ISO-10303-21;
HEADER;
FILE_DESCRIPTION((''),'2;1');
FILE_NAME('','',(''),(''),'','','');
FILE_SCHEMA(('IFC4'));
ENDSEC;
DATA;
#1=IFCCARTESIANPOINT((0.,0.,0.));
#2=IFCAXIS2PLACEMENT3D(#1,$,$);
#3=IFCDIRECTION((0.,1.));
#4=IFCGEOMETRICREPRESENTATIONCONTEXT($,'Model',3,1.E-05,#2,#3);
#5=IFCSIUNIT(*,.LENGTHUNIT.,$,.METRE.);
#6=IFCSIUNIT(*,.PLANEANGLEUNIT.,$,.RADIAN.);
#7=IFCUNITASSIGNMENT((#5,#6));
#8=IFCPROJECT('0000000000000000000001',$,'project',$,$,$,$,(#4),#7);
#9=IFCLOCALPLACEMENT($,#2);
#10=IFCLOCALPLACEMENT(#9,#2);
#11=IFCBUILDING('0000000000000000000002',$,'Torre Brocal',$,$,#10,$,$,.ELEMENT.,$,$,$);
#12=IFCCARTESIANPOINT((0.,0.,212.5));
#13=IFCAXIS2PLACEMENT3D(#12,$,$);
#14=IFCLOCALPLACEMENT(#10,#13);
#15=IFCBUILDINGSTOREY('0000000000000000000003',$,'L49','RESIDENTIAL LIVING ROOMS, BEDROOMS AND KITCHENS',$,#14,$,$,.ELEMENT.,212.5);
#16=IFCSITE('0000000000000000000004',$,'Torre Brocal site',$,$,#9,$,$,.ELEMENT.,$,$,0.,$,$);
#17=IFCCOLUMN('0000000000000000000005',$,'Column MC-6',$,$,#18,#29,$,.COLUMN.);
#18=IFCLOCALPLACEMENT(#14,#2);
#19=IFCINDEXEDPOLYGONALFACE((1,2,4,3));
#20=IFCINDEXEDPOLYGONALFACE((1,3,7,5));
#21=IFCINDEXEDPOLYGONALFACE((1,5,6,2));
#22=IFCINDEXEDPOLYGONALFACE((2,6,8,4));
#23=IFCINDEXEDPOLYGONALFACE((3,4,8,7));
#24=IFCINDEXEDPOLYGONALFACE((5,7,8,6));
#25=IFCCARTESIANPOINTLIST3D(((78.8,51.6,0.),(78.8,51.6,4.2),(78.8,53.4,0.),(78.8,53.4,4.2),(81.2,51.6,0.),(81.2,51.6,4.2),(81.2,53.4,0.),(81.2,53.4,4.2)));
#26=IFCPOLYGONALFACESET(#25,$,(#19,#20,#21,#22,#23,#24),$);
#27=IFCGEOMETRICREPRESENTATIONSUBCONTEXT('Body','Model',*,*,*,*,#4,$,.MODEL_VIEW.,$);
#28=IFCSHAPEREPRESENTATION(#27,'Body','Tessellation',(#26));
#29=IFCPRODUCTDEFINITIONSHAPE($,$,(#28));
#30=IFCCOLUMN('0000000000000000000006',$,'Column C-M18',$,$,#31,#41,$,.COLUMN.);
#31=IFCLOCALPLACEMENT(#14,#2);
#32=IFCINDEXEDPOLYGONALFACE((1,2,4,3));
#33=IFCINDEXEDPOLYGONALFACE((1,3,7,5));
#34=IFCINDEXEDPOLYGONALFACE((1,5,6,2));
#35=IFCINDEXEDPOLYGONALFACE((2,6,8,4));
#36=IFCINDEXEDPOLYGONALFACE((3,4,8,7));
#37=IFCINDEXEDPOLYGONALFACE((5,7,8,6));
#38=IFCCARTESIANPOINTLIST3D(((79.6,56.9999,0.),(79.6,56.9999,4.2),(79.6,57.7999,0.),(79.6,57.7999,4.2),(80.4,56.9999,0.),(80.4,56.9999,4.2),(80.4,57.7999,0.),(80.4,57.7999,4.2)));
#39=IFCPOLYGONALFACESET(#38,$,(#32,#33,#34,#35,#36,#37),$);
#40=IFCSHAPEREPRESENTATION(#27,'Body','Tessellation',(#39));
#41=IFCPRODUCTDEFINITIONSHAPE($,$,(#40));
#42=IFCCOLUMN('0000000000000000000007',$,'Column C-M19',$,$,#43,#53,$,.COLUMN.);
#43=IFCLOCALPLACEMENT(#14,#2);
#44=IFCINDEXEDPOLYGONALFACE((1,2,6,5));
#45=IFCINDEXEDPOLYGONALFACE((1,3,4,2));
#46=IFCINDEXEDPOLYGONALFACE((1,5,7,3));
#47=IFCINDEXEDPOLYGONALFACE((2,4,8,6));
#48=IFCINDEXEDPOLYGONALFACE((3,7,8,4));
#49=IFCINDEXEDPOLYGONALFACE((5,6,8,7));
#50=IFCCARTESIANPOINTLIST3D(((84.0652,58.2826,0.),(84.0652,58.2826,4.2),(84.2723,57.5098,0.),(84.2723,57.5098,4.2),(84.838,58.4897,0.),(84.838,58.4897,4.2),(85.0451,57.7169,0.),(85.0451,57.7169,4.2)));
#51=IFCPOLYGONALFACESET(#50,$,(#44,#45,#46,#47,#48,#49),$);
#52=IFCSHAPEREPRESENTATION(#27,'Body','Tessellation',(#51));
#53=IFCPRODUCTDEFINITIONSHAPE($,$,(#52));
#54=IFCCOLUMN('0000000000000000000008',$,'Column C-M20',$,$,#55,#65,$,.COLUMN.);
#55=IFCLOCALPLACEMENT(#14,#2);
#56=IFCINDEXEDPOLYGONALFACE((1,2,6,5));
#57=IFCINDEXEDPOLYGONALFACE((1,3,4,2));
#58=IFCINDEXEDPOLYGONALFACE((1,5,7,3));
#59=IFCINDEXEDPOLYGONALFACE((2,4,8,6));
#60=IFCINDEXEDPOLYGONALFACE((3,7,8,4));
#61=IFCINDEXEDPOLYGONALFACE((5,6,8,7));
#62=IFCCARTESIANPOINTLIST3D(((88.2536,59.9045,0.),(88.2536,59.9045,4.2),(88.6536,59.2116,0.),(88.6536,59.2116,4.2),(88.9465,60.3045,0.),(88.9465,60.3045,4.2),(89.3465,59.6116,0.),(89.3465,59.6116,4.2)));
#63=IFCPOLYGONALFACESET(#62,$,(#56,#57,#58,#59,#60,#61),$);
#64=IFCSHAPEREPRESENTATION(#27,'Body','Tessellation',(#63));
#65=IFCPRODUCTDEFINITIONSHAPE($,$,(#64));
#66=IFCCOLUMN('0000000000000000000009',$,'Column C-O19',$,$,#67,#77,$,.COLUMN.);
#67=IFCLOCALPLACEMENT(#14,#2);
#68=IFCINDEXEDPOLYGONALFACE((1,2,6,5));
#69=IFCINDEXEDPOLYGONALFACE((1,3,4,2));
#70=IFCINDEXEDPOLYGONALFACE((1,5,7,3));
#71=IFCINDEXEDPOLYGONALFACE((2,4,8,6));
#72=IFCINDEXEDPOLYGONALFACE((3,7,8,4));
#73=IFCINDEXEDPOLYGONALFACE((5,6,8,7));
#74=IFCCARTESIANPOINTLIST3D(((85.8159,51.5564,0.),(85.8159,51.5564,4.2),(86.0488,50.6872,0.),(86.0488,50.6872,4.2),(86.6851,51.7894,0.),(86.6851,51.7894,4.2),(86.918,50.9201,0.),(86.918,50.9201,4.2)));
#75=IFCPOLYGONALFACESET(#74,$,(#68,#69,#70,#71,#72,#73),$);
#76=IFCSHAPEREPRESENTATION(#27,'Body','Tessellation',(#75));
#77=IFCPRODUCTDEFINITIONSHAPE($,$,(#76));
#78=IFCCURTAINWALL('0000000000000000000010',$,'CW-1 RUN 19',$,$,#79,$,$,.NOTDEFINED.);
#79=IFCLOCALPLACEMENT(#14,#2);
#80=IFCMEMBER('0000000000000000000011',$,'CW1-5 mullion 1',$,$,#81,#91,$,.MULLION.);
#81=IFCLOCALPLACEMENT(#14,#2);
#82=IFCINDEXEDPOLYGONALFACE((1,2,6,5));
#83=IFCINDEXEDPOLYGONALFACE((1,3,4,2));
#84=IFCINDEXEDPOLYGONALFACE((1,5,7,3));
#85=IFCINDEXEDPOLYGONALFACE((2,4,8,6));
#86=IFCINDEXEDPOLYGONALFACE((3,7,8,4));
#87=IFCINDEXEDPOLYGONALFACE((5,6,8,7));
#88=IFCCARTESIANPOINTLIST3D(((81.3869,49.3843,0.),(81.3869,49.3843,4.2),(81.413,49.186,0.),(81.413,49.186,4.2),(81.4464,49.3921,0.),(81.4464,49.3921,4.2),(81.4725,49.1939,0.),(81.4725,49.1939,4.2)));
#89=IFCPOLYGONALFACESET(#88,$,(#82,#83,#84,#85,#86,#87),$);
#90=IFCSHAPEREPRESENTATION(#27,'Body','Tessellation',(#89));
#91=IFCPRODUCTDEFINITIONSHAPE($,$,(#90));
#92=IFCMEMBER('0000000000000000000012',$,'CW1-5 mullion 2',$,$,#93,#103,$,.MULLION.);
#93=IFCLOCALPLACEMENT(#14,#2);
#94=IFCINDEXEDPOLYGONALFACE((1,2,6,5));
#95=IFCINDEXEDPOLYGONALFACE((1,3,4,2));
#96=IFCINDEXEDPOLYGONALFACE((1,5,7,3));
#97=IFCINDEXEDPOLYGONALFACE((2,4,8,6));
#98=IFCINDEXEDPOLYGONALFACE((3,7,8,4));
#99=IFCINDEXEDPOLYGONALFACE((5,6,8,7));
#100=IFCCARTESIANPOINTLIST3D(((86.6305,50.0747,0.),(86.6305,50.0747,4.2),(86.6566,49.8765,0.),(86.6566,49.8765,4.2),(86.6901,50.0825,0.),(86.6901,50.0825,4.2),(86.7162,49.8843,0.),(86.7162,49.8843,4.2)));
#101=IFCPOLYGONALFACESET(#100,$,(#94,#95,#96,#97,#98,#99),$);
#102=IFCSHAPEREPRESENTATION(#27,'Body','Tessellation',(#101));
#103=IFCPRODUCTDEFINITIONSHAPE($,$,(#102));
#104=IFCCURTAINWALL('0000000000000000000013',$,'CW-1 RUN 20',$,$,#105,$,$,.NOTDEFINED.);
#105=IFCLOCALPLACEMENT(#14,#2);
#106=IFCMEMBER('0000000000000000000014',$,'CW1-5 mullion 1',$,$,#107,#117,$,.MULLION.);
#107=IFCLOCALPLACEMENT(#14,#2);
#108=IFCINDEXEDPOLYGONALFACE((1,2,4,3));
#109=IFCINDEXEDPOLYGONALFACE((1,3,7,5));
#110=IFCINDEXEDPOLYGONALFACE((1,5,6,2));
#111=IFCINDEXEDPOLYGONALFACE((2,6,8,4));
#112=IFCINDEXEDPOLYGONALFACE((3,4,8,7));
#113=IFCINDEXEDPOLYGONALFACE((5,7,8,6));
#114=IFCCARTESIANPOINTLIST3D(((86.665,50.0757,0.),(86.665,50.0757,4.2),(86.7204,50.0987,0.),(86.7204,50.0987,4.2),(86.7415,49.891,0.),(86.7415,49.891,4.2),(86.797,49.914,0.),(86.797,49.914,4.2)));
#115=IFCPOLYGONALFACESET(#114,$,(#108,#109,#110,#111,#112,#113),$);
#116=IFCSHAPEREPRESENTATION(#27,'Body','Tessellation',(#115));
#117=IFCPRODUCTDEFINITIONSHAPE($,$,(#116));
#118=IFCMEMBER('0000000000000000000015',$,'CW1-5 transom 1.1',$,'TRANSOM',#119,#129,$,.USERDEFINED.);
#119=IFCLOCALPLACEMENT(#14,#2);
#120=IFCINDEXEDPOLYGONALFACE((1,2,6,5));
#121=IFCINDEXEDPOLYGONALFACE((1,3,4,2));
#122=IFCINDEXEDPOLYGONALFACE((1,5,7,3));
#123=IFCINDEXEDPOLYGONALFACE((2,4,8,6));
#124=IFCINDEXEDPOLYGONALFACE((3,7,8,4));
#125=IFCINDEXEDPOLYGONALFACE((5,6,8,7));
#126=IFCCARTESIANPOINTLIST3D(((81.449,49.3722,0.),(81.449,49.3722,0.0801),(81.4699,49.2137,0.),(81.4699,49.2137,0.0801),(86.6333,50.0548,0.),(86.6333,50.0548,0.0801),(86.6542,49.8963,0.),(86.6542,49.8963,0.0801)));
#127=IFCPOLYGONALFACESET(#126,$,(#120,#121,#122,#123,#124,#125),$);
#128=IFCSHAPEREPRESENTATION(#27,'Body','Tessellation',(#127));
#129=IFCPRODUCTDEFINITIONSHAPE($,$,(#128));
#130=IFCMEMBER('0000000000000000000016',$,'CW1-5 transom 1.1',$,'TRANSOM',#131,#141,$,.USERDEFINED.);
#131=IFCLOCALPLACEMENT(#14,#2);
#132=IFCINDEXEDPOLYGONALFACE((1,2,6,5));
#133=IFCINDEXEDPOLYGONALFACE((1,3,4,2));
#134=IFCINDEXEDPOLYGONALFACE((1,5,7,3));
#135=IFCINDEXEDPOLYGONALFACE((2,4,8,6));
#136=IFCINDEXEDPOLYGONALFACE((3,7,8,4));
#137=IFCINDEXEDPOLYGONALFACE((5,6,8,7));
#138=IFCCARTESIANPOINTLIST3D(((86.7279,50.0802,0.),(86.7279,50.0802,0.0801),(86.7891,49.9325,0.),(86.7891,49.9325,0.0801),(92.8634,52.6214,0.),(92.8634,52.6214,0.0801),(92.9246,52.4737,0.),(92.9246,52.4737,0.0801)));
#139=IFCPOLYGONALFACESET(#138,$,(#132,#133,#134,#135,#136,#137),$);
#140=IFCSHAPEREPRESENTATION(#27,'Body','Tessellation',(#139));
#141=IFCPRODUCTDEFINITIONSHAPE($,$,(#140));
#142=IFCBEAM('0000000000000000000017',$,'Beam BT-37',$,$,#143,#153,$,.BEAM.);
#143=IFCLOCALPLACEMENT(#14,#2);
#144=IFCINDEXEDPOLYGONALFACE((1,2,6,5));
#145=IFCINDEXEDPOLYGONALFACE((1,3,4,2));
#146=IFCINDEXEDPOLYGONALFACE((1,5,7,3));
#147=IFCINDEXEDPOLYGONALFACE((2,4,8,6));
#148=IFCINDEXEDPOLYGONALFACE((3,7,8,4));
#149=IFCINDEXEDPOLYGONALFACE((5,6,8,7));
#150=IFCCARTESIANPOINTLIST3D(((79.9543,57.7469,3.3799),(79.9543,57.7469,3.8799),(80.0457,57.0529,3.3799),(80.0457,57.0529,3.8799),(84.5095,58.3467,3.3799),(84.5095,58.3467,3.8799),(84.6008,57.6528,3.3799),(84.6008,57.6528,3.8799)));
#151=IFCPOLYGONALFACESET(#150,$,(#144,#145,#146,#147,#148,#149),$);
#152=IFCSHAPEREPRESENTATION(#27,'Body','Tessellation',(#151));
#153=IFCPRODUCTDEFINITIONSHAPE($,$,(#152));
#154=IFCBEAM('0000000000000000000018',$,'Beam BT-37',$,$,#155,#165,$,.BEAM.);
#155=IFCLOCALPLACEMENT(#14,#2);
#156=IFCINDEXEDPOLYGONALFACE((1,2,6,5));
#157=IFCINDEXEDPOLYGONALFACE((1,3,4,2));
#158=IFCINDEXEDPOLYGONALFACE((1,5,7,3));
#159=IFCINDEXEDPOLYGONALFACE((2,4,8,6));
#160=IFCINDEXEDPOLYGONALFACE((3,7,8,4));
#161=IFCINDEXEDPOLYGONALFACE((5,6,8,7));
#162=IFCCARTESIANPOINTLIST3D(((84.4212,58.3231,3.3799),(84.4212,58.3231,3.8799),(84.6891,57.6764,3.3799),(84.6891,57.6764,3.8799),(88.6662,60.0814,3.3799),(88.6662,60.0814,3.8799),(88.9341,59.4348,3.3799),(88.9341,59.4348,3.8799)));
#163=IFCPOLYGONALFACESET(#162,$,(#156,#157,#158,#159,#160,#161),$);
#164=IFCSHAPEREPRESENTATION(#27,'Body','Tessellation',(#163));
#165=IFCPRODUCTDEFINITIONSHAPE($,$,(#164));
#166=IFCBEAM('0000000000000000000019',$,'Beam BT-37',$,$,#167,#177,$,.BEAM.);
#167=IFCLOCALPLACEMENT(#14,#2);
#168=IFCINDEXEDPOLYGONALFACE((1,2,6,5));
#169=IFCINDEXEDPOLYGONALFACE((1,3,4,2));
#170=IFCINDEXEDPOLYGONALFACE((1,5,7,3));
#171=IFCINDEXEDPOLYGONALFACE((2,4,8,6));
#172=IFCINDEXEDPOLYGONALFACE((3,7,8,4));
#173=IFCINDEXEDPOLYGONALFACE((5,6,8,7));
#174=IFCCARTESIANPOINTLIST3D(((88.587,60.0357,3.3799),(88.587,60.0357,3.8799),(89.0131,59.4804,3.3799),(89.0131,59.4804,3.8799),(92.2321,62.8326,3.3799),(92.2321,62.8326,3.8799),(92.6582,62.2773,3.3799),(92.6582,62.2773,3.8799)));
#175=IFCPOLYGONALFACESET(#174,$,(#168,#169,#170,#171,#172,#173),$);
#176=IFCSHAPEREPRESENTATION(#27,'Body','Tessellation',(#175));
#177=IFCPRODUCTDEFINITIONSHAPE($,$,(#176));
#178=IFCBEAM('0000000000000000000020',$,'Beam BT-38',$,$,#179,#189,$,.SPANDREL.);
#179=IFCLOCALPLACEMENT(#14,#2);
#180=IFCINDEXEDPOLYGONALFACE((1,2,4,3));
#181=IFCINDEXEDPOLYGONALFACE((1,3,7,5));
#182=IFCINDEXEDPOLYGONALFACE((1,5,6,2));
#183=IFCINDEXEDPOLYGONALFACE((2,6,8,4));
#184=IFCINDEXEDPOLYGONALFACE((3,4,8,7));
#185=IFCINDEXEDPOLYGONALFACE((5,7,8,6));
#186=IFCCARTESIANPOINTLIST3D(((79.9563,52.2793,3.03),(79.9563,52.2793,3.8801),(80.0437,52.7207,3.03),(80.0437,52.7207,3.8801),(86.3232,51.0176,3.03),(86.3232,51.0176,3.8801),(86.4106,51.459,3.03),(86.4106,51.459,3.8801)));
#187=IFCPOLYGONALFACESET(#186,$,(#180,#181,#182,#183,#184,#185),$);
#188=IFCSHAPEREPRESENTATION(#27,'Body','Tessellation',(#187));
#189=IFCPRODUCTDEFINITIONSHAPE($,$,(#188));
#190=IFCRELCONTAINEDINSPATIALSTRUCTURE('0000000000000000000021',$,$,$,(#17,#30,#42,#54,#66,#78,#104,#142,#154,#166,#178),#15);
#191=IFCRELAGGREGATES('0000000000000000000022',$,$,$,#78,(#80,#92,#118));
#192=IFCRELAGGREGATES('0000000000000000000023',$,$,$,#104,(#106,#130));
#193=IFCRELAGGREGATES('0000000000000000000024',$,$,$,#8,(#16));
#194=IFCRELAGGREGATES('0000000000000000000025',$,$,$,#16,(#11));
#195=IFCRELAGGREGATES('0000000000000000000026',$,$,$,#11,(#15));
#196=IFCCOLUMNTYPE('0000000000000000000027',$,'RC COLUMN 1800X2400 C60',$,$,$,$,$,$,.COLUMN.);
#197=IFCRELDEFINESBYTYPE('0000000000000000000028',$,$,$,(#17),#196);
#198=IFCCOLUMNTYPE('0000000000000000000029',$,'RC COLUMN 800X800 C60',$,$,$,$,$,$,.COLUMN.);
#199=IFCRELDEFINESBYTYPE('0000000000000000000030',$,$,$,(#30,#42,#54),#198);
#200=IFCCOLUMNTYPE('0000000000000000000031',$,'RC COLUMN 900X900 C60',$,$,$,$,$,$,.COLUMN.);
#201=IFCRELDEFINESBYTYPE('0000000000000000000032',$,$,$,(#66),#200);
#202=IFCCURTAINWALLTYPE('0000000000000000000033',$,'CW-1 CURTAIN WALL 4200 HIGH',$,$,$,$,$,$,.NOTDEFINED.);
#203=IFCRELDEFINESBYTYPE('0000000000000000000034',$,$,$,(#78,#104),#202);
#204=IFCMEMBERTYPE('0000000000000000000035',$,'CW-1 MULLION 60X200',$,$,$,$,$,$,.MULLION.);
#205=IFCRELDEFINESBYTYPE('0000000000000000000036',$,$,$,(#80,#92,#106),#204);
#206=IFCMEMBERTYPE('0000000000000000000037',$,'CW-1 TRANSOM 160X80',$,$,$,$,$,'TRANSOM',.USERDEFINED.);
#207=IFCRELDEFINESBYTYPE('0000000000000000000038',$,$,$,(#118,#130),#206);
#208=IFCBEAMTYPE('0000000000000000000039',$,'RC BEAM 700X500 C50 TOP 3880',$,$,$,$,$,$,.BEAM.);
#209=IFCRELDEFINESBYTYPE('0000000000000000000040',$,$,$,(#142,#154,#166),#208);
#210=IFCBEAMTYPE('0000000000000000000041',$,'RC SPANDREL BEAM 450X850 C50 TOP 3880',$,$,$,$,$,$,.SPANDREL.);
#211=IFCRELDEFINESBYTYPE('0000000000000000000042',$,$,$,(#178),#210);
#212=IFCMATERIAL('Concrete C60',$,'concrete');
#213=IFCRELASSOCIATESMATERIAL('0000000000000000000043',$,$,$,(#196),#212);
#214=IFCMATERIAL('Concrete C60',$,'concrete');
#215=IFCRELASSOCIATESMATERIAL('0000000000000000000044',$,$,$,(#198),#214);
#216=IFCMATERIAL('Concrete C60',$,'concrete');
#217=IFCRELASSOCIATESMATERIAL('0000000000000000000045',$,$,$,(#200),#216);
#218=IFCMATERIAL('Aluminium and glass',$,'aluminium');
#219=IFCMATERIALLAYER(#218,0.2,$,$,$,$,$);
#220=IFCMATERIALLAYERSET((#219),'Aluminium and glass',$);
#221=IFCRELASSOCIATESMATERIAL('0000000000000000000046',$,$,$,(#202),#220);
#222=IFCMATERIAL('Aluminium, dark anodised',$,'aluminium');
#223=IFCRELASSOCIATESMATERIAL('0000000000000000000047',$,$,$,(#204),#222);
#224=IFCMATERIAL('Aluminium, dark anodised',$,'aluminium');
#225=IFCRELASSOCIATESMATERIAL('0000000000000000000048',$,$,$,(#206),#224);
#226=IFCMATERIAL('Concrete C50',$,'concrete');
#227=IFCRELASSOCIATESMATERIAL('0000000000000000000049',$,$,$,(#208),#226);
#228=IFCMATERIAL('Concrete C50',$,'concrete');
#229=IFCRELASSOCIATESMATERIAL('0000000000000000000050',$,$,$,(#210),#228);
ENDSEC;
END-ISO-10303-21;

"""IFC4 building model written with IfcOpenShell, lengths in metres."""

from ifc_helpers import new_model, si_unit, direction, frame, origin, origin_2d, place, context, subcontext, project, spatial, rectangle, extrude, material, layer, layer_set, material_profile, profile_set, type_object, element, aggregate, save


model = new_model("IFC4")

# Units and contexts
model_context = context("Model", 3, precision=1e-05, world=origin(), true_north=direction((0.0, 1.0)))
body_context = subcontext(model_context, "Body", "Model", "MODEL_VIEW")
ifc_project = project(units=[si_unit("LENGTHUNIT", "METRE"), si_unit("PLANEANGLEUNIT", "RADIAN")], contexts=[model_context])

# Site, building, storey
site_placement = place(None, origin())
site = spatial("IfcSite", under=ifc_project, at=site_placement, Name="Torre Brocal site", CompositionType="ELEMENT", RefElevation=0.0)
building_placement = place(site_placement, origin())
building = spatial("IfcBuilding", under=site, at=building_placement, Name="Torre Brocal", CompositionType="ELEMENT")
storey_placement = place(building_placement, frame((0.0, 0.0, 212.5)))
storey = spatial("IfcBuildingStorey", under=building, at=storey_placement, Name="L49", Description="RESIDENTIAL LIVING ROOMS, BEDROOMS AND KITCHENS", CompositionType="ELEMENT", Elevation=212.5)

# Columns
ifc_material_1 = material(Name="Concrete C60", Category="concrete")
ifc_material_profile_1 = material_profile(ifc_material_1, rectangle(XDim=1.8, YDim=2.3999, at=origin_2d()), Name="RC 1800X2400")
ifc_profile_set_1 = profile_set([ifc_material_profile_1], Name="Concrete C60")
column_type_1 = type_object("IfcColumnType", Name="RC COLUMN 1800X2400 C60", PredefinedType="COLUMN", material=ifc_profile_set_1)
column_1_placement = place(storey_placement, frame((80.0, 52.5, 0.0), z_axis=(0.0, 0.0, 1.0), x_axis=(0.0, -1.0, 0.0)))
element("IfcColumn", 1, at=column_1_placement, inside=storey, type_object=column_type_1, Name="Column MC-6", PredefinedType="COLUMN", context=body_context, shape_type="SweptSolid", body=[
    extrude(rectangle(XDim=1.8, YDim=2.3999, at=origin_2d()), origin(), (0.0, 0.0, 1.0), 4.2),
])
ifc_material_2 = material(Name="Concrete C60", Category="concrete")
ifc_material_profile_2 = material_profile(ifc_material_2, rectangle(XDim=0.8, YDim=0.8, at=origin_2d()), Name="RC 800X800")
ifc_profile_set_2 = profile_set([ifc_material_profile_2], Name="Concrete C60")
column_type_2 = type_object("IfcColumnType", Name="RC COLUMN 800X800 C60", PredefinedType="COLUMN", material=ifc_profile_set_2)
for number, where, z_axis, x_axis, name in (
    (2, (80.0, 57.3999, 0.0), (0.0, 0.0, 1.0), (0.0, -1.0, 0.0), "Column C-M18"),
    (3, (84.5552, 57.9998, 0.0), (0.0, 0.0, 1.0), (0.258819, -0.965926, 0.0), "Column C-M19"),
    (4, (88.8, 59.7581, 0.0), (0.0, 0.0, 1.0), (0.5, -0.866025, 0.0), "Column C-M20"),
):
    element("IfcColumn", number, at=place(storey_placement, frame(where, z_axis=z_axis, x_axis=x_axis)), inside=storey, type_object=column_type_2, Name=name, PredefinedType="COLUMN", context=body_context, shape_type="SweptSolid", body=[
        extrude(rectangle(XDim=0.8, YDim=0.8, at=origin_2d()), origin(), (0.0, 0.0, 1.0), 4.2),
    ])
ifc_material_3 = material(Name="Concrete C60", Category="concrete")
ifc_material_profile_3 = material_profile(ifc_material_3, rectangle(XDim=0.8999, YDim=0.8999, at=origin_2d()), Name="RC 900X900")
ifc_profile_set_3 = profile_set([ifc_material_profile_3], Name="Concrete C60")
column_type_3 = type_object("IfcColumnType", Name="RC COLUMN 900X900 C60", PredefinedType="COLUMN", material=ifc_profile_set_3)
column_2_placement = place(storey_placement, frame((86.3669, 51.2383, 0.0), z_axis=(0.0, 0.0, 1.0), x_axis=(0.258819, -0.965926, 0.0)))
element("IfcColumn", 5, at=column_2_placement, inside=storey, type_object=column_type_3, Name="Column C-O19", PredefinedType="COLUMN", context=body_context, shape_type="SweptSolid", body=[
    extrude(rectangle(XDim=0.8999, YDim=0.8999, at=origin_2d()), origin(), (0.0, 0.0, 1.0), 4.2),
])

# Curtain wall, members
ifc_material_4 = material(Name="Aluminium and glass", Category="aluminium")
ifc_layer_1 = layer(ifc_material_4, 0.2)
ifc_layer_set_1 = layer_set([ifc_layer_1], Name="Aluminium and glass")
curtain_wall_type = type_object("IfcCurtainWallType", Name="CW-1 CURTAIN WALL 4200 HIGH", PredefinedType="NOTDEFINED", material=ifc_layer_set_1)
curtain_wall_1_placement = place(storey_placement, origin())
curtain_wall_1 = element("IfcCurtainWall", 6, at=curtain_wall_1_placement, inside=storey, type_object=curtain_wall_type, Name="CW-1 RUN 19", PredefinedType="NOTDEFINED")
ifc_material_5 = material(Name="Aluminium, dark anodised", Category="aluminium")
ifc_material_profile_4 = material_profile(ifc_material_5, rectangle(XDim=0.2, YDim=0.0601, at=origin_2d()), Name="CW-1 MULLION 60X200")
ifc_profile_set_4 = profile_set([ifc_material_profile_4], Name="Aluminium, dark anodised")
member_type_1 = type_object("IfcMemberType", Name="CW-1 MULLION 60X200", PredefinedType="MULLION", material=ifc_profile_set_4)
member_1_placement = place(storey_placement, frame((81.4297, 49.2891, 0.0), z_axis=(0.0, 0.0, 1.0), x_axis=(-0.130526, 0.991445, 0.0)))
member_1 = element("IfcMember", 7, at=member_1_placement, type_object=member_type_1, Name="CW1-5 mullion 1", PredefinedType="MULLION", context=body_context, shape_type="SweptSolid", body=[
    extrude(rectangle(XDim=0.2, YDim=0.0601, at=origin_2d()), origin(), (0.0, 0.0, 1.0), 4.2),
])
member_2_placement = place(storey_placement, frame((86.6733, 49.9795, 0.0), z_axis=(0.0, 0.0, 1.0), x_axis=(-0.130526, 0.991445, 0.0)))
member_2 = element("IfcMember", 8, at=member_2_placement, type_object=member_type_1, Name="CW1-5 mullion 2", PredefinedType="MULLION", context=body_context, shape_type="SweptSolid", body=[
    extrude(rectangle(XDim=0.2, YDim=0.0601, at=origin_2d()), origin(), (0.0, 0.0, 1.0), 4.2),
])

# Curtain wall, member
curtain_wall_2_placement = place(storey_placement, origin())
curtain_wall_2 = element("IfcCurtainWall", 9, at=curtain_wall_2_placement, inside=storey, type_object=curtain_wall_type, Name="CW-1 RUN 20", PredefinedType="NOTDEFINED")
member_3_placement = place(storey_placement, frame((86.731, 49.9949, 0.0), z_axis=(0.0, 0.0, 1.0), x_axis=(-0.382683, 0.92388, 0.0)))
member_3 = element("IfcMember", 10, at=member_3_placement, type_object=member_type_1, Name="CW1-5 mullion 1", PredefinedType="MULLION", context=body_context, shape_type="SweptSolid", body=[
    extrude(rectangle(XDim=0.2, YDim=0.0601, at=origin_2d()), origin(), (0.0, 0.0, 1.0), 4.2),
])

# Members
ifc_material_6 = material(Name="Aluminium, dark anodised", Category="aluminium")
ifc_material_profile_5 = material_profile(ifc_material_6, rectangle(XDim=0.1599, YDim=0.0801, at=origin_2d()), Name="CW-1 TRANSOM 160X80")
ifc_profile_set_5 = profile_set([ifc_material_profile_5], Name="Aluminium, dark anodised")
member_type_2 = type_object("IfcMemberType", Name="CW-1 TRANSOM 160X80", ElementType="TRANSOM", PredefinedType="USERDEFINED", material=ifc_profile_set_5)
member_4_placement = place(storey_placement, frame((81.4595, 49.293, 0.04), z_axis=(0.991443, 0.130543, 0.0), x_axis=(-0.130543, 0.991443, 0.0)))
member_4 = element("IfcMember", 11, at=member_4_placement, type_object=member_type_2, Name="CW1-5 transom 1.1", ObjectType="TRANSOM", PredefinedType="USERDEFINED", context=body_context, shape_type="SweptSolid", body=[
    extrude(rectangle(XDim=0.1599, YDim=0.0801, at=origin_2d()), origin(), (0.0, 0.0, 1.0), 5.229),
])
member_5_placement = place(storey_placement, frame((86.7585, 50.0063, 0.04), z_axis=(0.923887, 0.382665, 0.0), x_axis=(-0.382665, 0.923887, 0.0)))
member_5 = element("IfcMember", 12, at=member_5_placement, type_object=member_type_2, Name="CW1-5 transom 1.1", ObjectType="TRANSOM", PredefinedType="USERDEFINED", context=body_context, shape_type="SweptSolid", body=[
    extrude(rectangle(XDim=0.1599, YDim=0.0801, at=origin_2d()), origin(), (0.0, 0.0, 1.0), 6.6409),
])

# Beams
ifc_material_7 = material(Name="Concrete C50", Category="concrete")
ifc_material_profile_6 = material_profile(ifc_material_7, rectangle(XDim=0.7, YDim=0.5, at=origin_2d()), Name="RC 700X500")
ifc_profile_set_6 = profile_set([ifc_material_profile_6], Name="Concrete C50")
beam_type_1 = type_object("IfcBeamType", Name="RC BEAM 700X500 C50 TOP 3880", PredefinedType="BEAM", material=ifc_profile_set_6)
beam_1_placement = place(storey_placement, frame((80.0, 57.3999, 3.6299), z_axis=(0.991441, 0.130559, 0.0), x_axis=(-0.130559, 0.991441, 0.0)))
element("IfcBeam", 13, at=beam_1_placement, inside=storey, type_object=beam_type_1, Name="Beam BT-37", PredefinedType="BEAM", context=body_context, shape_type="SweptSolid", body=[
    extrude(rectangle(XDim=0.7, YDim=0.5, at=origin_2d()), origin(), (0.0, 0.0, 1.0), 4.5945),
])
beam_2_placement = place(storey_placement, frame((84.5552, 57.9998, 3.6299), z_axis=(0.923878, 0.382687, 0.0), x_axis=(-0.382687, 0.923878, 0.0)))
element("IfcBeam", 14, at=beam_2_placement, inside=storey, type_object=beam_type_1, Name="Beam BT-37", PredefinedType="BEAM", context=body_context, shape_type="SweptSolid", body=[
    extrude(rectangle(XDim=0.7, YDim=0.5, at=origin_2d()), origin(), (0.0, 0.0, 1.0), 4.5947),
])
beam_3_placement = place(storey_placement, frame((88.8, 59.7581, 3.6299), z_axis=(0.793358, 0.608755, 0.0), x_axis=(-0.608755, 0.793358, 0.0)))
element("IfcBeam", 15, at=beam_3_placement, inside=storey, type_object=beam_type_1, Name="Beam BT-37", PredefinedType="BEAM", context=body_context, shape_type="SweptSolid", body=[
    extrude(rectangle(XDim=0.7, YDim=0.5, at=origin_2d()), origin(), (0.0, 0.0, 1.0), 4.5945),
])
ifc_material_8 = material(Name="Concrete C50", Category="concrete")
ifc_material_profile_7 = material_profile(ifc_material_8, rectangle(XDim=0.45, YDim=0.8501, at=origin_2d()), Name="RC 450X850")
ifc_profile_set_7 = profile_set([ifc_material_profile_7], Name="Concrete C50")
beam_type_2 = type_object("IfcBeamType", Name="RC SPANDREL BEAM 450X850 C50 TOP 3880", PredefinedType="SPANDREL", material=ifc_profile_set_7)
beam_4_placement = place(storey_placement, frame((80.0, 52.5, 3.4551), z_axis=(0.980925, -0.194387, 0.0), x_axis=(0.194387, 0.980925, 0.0)))
element("IfcBeam", 16, at=beam_4_placement, inside=storey, type_object=beam_type_2, Name="Beam BT-38", PredefinedType="SPANDREL", context=body_context, shape_type="SweptSolid", body=[
    extrude(rectangle(XDim=0.45, YDim=0.8501, at=origin_2d()), origin(), (0.0, 0.0, 1.0), 6.4907),
])

aggregate(curtain_wall_1, [member_1, member_2, member_4])
aggregate(curtain_wall_2, [member_3, member_5])

save(model, "model.ifc")
